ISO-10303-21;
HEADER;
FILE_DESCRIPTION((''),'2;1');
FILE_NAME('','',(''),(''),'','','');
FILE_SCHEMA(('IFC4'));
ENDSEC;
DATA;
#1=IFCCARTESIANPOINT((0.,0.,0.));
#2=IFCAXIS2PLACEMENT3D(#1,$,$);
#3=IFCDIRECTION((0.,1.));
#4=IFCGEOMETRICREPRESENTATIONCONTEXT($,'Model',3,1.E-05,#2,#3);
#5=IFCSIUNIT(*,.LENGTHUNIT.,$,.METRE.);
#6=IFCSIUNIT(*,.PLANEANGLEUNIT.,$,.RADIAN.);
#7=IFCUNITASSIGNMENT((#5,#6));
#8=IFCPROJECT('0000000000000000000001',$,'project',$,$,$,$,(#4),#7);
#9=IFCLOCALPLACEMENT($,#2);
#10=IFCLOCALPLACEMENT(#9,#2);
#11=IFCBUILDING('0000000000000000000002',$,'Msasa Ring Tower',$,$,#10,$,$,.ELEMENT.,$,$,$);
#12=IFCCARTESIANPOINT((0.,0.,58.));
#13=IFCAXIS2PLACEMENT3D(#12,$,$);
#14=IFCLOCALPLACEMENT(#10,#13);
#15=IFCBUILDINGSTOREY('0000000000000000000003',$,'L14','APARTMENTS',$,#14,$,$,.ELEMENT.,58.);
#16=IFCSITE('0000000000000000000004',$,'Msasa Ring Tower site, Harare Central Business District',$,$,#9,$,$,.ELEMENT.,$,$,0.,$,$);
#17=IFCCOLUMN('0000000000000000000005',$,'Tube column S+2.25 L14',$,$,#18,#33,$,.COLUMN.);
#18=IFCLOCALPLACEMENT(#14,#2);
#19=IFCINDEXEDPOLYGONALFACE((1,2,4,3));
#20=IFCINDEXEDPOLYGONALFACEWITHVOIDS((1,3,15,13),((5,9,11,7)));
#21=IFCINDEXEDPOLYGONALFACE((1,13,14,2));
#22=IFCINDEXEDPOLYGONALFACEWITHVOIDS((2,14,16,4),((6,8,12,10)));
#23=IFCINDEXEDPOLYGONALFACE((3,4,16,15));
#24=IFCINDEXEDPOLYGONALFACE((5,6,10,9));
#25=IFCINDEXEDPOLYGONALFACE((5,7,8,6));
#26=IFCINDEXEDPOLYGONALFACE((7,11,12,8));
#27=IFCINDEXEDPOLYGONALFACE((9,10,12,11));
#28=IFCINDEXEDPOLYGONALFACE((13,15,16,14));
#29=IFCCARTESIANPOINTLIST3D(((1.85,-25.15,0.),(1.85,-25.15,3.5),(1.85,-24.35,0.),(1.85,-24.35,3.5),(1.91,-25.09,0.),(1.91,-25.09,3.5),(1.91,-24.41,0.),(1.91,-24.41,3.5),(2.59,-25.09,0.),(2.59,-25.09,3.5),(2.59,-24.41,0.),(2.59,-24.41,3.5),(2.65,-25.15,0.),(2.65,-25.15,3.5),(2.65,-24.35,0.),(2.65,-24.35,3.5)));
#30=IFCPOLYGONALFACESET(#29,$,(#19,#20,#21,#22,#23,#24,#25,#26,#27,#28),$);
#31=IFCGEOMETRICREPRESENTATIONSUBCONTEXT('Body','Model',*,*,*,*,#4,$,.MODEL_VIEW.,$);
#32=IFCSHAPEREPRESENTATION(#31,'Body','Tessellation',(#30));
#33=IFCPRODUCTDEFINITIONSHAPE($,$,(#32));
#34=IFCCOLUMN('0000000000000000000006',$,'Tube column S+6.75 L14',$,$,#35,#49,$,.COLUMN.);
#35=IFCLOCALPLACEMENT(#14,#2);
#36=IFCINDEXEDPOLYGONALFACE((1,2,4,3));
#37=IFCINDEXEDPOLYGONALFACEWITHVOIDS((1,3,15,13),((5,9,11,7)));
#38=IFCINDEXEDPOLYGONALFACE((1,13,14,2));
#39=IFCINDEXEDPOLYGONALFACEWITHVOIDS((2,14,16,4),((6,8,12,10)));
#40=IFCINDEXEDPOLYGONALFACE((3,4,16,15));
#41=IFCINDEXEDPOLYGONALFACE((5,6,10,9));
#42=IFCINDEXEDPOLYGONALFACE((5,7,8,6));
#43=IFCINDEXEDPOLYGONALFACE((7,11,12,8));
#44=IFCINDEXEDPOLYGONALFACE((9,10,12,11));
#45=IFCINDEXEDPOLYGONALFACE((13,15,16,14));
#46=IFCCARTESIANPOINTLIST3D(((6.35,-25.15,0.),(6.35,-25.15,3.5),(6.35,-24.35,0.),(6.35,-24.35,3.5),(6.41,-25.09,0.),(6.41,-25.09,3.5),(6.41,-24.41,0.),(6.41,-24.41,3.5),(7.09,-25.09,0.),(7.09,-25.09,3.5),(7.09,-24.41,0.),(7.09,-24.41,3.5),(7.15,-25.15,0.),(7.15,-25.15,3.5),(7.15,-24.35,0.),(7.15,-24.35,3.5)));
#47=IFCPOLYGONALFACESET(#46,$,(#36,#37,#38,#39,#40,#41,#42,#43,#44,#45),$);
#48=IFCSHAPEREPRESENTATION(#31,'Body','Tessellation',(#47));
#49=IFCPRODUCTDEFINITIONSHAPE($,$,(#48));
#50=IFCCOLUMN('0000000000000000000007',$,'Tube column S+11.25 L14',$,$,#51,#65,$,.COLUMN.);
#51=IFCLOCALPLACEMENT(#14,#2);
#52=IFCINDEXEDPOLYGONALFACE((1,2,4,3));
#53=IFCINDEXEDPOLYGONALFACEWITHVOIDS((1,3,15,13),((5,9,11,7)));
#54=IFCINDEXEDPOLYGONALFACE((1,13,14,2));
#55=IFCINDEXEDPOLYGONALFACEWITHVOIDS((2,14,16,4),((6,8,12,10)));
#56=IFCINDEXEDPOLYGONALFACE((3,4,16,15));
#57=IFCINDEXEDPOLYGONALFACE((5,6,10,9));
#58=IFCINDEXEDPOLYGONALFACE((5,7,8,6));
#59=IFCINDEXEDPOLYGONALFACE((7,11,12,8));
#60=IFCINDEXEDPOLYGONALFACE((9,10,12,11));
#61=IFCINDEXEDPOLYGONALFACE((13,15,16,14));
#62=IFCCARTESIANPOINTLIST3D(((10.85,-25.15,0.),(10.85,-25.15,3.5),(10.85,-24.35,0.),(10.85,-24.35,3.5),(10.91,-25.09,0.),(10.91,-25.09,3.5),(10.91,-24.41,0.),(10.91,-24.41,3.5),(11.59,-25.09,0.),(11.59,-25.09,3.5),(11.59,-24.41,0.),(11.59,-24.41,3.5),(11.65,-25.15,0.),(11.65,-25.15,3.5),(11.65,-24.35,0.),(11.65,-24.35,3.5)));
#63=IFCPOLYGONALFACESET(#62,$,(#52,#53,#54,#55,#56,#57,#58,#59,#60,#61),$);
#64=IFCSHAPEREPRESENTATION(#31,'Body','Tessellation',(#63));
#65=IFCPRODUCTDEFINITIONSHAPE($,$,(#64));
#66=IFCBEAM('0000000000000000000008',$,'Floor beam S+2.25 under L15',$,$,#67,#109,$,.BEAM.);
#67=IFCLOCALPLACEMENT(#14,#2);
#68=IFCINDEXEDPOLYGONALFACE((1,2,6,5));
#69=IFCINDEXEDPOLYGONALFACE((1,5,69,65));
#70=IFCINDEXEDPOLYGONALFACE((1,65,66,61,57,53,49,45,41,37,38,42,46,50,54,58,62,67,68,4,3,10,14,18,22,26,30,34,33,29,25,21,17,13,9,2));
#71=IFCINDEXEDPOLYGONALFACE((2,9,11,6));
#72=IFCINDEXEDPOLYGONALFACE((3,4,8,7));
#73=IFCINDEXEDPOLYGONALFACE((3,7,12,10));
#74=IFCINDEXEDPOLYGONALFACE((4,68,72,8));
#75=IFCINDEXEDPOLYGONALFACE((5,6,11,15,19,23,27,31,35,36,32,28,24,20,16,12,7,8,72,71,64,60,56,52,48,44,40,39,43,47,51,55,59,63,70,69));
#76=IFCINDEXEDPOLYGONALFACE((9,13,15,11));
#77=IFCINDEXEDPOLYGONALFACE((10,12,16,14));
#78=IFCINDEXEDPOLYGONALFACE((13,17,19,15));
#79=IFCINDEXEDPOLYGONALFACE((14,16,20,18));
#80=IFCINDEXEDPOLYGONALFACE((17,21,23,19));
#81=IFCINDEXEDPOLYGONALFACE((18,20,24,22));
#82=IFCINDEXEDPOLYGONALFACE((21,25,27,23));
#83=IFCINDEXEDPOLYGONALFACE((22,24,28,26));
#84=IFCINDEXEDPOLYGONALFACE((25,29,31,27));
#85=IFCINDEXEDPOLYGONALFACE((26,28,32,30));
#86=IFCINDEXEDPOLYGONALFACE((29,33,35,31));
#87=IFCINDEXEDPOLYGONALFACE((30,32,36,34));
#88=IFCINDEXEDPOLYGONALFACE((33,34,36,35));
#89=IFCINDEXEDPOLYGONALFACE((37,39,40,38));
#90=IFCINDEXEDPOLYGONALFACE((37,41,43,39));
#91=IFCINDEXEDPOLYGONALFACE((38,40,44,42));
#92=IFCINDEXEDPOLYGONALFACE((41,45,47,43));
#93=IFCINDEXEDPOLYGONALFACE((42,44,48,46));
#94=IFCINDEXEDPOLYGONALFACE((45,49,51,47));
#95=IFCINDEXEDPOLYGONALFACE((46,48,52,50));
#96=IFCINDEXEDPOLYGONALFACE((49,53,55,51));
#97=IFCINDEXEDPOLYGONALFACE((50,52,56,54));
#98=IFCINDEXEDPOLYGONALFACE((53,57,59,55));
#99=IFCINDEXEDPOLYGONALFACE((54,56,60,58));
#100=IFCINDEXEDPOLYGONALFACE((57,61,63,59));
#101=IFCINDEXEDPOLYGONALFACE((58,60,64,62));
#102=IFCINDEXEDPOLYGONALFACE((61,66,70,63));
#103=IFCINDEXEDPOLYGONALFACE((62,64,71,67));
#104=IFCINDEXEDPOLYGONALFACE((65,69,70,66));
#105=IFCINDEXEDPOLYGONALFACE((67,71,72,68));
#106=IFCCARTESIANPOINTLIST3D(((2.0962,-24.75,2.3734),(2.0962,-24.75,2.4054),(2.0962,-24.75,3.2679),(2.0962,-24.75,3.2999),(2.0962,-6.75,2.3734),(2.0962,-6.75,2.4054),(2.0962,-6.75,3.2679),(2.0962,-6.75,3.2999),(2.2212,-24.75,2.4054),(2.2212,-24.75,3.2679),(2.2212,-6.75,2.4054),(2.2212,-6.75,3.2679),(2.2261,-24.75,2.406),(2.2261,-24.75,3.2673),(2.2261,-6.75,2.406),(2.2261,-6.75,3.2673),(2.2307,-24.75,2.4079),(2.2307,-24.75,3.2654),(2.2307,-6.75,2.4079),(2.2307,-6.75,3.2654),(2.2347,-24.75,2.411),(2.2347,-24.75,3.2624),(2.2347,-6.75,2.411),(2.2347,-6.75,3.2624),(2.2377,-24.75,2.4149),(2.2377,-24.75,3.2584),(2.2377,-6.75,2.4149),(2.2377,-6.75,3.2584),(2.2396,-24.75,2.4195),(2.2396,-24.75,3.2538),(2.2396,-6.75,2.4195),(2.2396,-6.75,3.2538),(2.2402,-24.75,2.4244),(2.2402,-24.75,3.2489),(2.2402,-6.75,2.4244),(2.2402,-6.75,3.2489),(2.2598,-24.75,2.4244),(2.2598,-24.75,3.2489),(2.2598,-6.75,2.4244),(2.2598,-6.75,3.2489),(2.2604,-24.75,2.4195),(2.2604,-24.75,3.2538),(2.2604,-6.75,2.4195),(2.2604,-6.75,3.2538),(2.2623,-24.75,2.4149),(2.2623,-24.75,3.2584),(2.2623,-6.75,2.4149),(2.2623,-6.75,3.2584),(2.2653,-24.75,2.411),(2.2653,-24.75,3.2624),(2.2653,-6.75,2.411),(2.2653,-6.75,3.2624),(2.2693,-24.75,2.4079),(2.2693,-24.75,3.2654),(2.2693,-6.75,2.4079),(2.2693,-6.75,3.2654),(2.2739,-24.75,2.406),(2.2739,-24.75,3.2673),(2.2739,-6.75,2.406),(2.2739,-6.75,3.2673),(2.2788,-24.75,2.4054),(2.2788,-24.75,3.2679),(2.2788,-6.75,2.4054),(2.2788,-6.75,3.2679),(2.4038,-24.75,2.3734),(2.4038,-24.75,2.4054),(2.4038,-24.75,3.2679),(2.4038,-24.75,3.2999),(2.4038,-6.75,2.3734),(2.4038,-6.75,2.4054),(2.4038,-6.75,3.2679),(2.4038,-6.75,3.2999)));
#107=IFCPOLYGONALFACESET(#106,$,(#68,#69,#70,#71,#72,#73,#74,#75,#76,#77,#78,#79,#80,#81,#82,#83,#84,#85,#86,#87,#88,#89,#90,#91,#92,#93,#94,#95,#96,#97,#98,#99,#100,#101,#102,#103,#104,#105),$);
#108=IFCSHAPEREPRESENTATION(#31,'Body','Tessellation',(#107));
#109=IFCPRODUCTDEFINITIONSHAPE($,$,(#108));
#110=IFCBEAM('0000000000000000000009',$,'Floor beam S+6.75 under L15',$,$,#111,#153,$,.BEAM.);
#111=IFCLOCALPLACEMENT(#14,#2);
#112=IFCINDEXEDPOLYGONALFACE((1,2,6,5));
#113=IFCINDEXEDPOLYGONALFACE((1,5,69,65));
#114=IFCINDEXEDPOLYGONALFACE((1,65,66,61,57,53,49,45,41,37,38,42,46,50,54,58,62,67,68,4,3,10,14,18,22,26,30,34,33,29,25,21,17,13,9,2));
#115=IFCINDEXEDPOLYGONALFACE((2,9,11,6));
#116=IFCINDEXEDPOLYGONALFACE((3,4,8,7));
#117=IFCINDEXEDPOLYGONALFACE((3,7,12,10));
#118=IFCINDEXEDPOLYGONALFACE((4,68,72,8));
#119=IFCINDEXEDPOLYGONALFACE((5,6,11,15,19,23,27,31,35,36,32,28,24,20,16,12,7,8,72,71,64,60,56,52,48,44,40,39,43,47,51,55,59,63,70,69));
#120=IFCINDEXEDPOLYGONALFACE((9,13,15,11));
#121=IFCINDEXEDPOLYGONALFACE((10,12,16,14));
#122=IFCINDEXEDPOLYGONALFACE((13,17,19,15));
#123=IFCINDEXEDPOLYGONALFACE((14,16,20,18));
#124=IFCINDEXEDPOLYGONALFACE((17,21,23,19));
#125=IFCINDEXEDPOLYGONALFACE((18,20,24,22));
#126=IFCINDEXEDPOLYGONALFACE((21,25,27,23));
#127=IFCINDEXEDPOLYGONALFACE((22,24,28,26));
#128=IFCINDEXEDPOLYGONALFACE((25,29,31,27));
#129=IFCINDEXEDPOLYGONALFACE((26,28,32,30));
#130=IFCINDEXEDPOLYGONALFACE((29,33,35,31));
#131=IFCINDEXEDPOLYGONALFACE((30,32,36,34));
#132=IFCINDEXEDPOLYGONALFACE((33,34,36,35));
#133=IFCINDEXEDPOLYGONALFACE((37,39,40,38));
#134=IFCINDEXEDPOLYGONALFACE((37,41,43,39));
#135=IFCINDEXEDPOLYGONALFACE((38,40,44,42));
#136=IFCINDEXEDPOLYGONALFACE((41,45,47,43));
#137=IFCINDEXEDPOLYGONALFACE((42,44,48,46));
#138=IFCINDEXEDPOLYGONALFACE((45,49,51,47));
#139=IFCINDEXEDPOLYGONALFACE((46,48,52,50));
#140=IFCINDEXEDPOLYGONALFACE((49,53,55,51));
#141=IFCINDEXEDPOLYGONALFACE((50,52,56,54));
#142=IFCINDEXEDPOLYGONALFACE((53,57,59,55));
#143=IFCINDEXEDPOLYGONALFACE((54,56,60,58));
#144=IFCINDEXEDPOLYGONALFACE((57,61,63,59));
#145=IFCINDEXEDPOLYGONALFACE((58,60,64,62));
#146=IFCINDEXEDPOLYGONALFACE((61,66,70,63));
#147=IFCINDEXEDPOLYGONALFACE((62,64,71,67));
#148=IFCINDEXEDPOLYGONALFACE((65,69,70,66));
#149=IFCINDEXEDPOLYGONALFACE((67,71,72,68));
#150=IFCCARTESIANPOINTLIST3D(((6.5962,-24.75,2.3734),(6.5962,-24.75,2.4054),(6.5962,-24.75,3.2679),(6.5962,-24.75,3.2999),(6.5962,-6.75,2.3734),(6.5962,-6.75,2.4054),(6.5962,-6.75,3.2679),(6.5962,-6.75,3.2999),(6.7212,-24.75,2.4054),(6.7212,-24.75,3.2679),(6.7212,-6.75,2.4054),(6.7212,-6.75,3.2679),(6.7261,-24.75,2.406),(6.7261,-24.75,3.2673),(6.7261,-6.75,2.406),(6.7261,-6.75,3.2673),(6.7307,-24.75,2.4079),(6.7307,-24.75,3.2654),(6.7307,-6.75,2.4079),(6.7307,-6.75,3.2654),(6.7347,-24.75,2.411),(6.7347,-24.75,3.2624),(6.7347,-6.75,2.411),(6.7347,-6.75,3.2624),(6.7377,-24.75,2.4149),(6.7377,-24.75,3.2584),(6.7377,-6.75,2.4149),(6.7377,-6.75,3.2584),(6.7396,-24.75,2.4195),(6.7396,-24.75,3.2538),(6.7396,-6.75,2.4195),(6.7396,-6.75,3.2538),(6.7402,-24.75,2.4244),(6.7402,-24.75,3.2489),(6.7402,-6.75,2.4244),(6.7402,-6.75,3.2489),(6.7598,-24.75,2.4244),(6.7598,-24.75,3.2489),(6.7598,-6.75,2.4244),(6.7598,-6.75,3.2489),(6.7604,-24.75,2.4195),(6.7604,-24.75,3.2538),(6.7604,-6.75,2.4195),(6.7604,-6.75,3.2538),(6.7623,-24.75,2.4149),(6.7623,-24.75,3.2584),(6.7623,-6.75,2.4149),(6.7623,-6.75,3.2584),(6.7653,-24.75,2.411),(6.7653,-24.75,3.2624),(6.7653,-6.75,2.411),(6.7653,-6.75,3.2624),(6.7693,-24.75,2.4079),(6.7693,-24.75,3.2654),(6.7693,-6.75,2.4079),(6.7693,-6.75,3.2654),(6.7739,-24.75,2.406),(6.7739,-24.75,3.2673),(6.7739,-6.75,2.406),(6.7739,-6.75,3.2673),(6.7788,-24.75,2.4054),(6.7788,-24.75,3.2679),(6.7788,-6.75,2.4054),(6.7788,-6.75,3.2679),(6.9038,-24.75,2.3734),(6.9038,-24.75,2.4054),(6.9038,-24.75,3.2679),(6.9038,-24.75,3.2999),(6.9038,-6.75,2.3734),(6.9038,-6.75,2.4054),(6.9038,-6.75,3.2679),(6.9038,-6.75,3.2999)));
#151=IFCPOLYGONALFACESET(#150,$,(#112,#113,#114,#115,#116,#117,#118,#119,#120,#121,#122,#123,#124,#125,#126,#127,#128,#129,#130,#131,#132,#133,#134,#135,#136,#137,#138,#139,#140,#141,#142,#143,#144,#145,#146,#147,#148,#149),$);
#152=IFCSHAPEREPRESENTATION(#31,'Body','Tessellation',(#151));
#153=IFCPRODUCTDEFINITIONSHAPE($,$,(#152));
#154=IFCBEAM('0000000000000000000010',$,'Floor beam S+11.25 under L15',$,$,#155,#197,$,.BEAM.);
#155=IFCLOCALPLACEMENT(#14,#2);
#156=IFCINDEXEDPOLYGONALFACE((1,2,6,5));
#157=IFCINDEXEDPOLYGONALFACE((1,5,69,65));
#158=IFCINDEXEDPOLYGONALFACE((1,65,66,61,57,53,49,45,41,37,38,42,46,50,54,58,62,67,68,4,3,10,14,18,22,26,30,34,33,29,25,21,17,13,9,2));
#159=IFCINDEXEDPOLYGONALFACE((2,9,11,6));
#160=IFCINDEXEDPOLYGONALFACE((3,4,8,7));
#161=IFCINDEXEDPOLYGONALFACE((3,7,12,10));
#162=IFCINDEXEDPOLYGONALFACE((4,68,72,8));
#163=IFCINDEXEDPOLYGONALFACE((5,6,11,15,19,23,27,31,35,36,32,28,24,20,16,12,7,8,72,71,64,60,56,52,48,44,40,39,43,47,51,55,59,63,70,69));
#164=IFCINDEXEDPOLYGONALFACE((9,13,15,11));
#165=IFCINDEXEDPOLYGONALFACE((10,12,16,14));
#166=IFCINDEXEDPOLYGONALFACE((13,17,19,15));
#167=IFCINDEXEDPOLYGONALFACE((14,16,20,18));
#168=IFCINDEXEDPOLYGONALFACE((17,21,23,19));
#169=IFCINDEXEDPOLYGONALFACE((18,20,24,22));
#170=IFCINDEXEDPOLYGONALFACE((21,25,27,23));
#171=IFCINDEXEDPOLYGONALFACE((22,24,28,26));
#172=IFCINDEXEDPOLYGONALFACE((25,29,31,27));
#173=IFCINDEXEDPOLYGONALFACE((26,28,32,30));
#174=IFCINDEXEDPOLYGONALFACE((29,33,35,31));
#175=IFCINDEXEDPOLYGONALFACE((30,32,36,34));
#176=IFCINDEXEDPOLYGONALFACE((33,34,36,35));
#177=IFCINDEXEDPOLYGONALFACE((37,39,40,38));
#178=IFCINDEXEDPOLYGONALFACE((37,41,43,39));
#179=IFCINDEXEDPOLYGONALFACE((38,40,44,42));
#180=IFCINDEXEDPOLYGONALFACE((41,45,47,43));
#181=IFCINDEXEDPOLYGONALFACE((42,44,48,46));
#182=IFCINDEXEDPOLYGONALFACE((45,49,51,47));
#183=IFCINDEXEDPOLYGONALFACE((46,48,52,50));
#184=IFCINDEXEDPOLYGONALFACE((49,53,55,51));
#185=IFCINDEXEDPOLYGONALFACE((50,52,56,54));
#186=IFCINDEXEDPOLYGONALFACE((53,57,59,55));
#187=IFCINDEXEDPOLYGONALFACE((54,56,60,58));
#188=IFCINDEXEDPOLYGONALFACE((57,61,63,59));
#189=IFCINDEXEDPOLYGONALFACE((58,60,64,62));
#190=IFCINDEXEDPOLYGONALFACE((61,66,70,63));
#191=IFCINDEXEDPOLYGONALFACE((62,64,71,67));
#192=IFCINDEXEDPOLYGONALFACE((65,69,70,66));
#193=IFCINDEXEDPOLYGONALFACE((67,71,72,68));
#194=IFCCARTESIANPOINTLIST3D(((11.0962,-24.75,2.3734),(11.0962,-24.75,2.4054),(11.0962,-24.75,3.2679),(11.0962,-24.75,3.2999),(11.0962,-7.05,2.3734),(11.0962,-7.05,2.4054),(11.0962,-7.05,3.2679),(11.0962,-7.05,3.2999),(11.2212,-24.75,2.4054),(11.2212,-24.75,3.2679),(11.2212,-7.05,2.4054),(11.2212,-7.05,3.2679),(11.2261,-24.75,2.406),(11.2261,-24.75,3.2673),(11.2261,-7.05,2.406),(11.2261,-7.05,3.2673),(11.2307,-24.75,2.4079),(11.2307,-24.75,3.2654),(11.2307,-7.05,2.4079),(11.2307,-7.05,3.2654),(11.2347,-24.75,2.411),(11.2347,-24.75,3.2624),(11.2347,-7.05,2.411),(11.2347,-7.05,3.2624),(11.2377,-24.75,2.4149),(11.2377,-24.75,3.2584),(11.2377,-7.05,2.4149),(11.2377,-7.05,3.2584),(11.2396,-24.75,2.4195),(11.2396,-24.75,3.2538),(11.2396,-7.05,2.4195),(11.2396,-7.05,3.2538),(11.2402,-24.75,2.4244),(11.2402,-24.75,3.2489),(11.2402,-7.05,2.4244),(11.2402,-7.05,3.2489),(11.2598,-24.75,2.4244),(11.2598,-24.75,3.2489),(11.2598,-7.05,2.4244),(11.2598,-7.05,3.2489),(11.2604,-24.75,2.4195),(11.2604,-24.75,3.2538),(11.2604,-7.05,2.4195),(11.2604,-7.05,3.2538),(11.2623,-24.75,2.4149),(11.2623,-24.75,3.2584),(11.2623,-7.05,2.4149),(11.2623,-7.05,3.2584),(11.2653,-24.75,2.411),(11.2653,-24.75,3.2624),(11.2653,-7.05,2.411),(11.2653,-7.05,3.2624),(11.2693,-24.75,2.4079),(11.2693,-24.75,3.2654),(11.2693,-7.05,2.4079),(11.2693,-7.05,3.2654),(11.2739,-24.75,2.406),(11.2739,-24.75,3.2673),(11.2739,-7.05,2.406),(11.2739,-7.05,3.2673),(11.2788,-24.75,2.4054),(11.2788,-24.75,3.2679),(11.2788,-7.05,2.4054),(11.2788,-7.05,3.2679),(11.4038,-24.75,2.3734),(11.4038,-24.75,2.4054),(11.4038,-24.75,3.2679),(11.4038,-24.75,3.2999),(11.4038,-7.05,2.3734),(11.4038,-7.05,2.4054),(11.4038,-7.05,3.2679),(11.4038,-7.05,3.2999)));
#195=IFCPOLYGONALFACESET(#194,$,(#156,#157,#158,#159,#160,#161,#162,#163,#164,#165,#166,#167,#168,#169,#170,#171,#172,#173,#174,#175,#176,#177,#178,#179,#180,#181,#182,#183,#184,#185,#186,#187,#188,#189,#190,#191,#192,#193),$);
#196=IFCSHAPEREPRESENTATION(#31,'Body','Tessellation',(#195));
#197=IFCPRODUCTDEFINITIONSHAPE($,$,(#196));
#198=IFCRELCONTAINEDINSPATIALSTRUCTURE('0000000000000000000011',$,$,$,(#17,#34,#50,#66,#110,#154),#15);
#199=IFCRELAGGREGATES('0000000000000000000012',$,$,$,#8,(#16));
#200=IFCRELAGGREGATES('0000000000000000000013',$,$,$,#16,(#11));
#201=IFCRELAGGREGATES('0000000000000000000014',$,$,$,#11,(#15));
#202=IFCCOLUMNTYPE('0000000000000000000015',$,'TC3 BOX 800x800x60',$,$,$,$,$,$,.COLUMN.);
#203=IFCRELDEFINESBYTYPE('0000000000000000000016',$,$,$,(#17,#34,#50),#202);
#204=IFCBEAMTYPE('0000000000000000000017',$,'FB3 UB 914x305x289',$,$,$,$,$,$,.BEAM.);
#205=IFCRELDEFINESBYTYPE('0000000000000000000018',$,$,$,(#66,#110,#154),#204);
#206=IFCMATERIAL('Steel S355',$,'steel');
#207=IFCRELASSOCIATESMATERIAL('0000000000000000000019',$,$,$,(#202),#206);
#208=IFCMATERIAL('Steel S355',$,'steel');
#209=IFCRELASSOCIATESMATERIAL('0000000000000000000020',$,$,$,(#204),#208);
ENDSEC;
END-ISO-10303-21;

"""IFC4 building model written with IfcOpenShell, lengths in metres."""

from ifc_helpers import new_model, si_unit, direction, frame, origin, origin_2d, place, context, subcontext, project, spatial, hollow_rectangle, i_section, extrude, material, material_profile, profile_set, type_object, element, save


model = new_model("IFC4")

# Units and contexts
model_context = context("Model", 3, precision=1e-05, world=origin(), true_north=direction((0.0, 1.0)))
body_context = subcontext(model_context, "Body", "Model", "MODEL_VIEW")
ifc_project = project(units=[si_unit("LENGTHUNIT", "METRE"), si_unit("PLANEANGLEUNIT", "RADIAN")], contexts=[model_context])

# Site, building, storey
site_placement = place(None, origin())
site = spatial("IfcSite", under=ifc_project, at=site_placement, Name="Msasa Ring Tower site, Harare Central Business District", CompositionType="ELEMENT", RefElevation=0.0)
building_placement = place(site_placement, origin())
building = spatial("IfcBuilding", under=site, at=building_placement, Name="Msasa Ring Tower", CompositionType="ELEMENT")
storey_placement = place(building_placement, frame((0.0, 0.0, 58.0)))
storey = spatial("IfcBuildingStorey", under=building, at=storey_placement, Name="L14", Description="APARTMENTS", CompositionType="ELEMENT", Elevation=58.0)

# Columns
ifc_material_1 = material(Name="Steel S355", Category="steel")
ifc_material_profile_1 = material_profile(ifc_material_1, hollow_rectangle(XDim=0.8, YDim=0.8, WallThickness=0.0601, at=origin_2d()), Name="BOX 800x800x60")
ifc_profile_set_1 = profile_set([ifc_material_profile_1], Name="Steel S355")
column_type = type_object("IfcColumnType", Name="TC3 BOX 800x800x60", PredefinedType="COLUMN", material=ifc_profile_set_1)
for number, where, z_axis, x_axis, name in (
    (1, (2.25, -24.75, 0.0), (0.0, 0.0, 1.0), (0.0, 1.0, 0.0), "Tube column S+2.25 L14"),
    (2, (6.75, -24.75, 0.0), (0.0, 0.0, 1.0), (0.0, 1.0, 0.0), "Tube column S+6.75 L14"),
    (3, (11.25, -24.75, 0.0), (0.0, 0.0, 1.0), (0.0, 1.0, 0.0), "Tube column S+11.25 L14"),
):
    element("IfcColumn", number, at=place(storey_placement, frame(where, z_axis=z_axis, x_axis=x_axis)), inside=storey, type_object=column_type, Name=name, PredefinedType="COLUMN", context=body_context, shape_type="SweptSolid", body=[
        extrude(hollow_rectangle(XDim=0.8, YDim=0.8, WallThickness=0.0601, at=origin_2d()), origin(), (0.0, 0.0, 1.0), 3.5),
    ])

# Beams
ifc_material_2 = material(Name="Steel S355", Category="steel")
ifc_material_profile_2 = material_profile(ifc_material_2, i_section(OverallWidth=0.3076, OverallDepth=0.9265, WebThickness=0.0195, FlangeThickness=0.032, FilletRadius=0.019, at=origin_2d()), Name="UB 914x305x289")
ifc_profile_set_2 = profile_set([ifc_material_profile_2], Name="Steel S355")
beam_type_1 = type_object("IfcBeamType", Name="FB3 UB 914x305x289", PredefinedType="BEAM", material=ifc_profile_set_2)
for number, where, z_axis, x_axis, name in (
    (4, (2.25, -24.75, 2.8367), (0.0, 1.0, 0.0), (-1.0, 0.0, 0.0), "Floor beam S+2.25 under L15"),
    (5, (6.75, -24.75, 2.8367), (0.0, 1.0, 0.0), (-1.0, 0.0, 0.0), "Floor beam S+6.75 under L15"),
):
    element("IfcBeam", number, at=place(storey_placement, frame(where, z_axis=z_axis, x_axis=x_axis)), inside=storey, type_object=beam_type_1, Name=name, PredefinedType="BEAM", context=body_context, shape_type="SweptSolid", body=[
        extrude(i_section(OverallWidth=0.3076, OverallDepth=0.9265, WebThickness=0.0195, FlangeThickness=0.032, FilletRadius=0.019, at=origin_2d()), origin(), (0.0, 0.0, 1.0), 18.0),
    ])
beam_placement = place(storey_placement, frame((11.25, -24.75, 2.8367), z_axis=(0.0, 1.0, 0.0), x_axis=(-1.0, 0.0, 0.0)))
element("IfcBeam", 6, at=beam_placement, inside=storey, type_object=beam_type_1, Name="Floor beam S+11.25 under L15", PredefinedType="BEAM", context=body_context, shape_type="SweptSolid", body=[
    extrude(i_section(OverallWidth=0.3076, OverallDepth=0.9265, WebThickness=0.0195, FlangeThickness=0.032, FilletRadius=0.019, at=origin_2d()), origin(), (0.0, 0.0, 1.0), 17.7),
])

save(model, "model.ifc")
